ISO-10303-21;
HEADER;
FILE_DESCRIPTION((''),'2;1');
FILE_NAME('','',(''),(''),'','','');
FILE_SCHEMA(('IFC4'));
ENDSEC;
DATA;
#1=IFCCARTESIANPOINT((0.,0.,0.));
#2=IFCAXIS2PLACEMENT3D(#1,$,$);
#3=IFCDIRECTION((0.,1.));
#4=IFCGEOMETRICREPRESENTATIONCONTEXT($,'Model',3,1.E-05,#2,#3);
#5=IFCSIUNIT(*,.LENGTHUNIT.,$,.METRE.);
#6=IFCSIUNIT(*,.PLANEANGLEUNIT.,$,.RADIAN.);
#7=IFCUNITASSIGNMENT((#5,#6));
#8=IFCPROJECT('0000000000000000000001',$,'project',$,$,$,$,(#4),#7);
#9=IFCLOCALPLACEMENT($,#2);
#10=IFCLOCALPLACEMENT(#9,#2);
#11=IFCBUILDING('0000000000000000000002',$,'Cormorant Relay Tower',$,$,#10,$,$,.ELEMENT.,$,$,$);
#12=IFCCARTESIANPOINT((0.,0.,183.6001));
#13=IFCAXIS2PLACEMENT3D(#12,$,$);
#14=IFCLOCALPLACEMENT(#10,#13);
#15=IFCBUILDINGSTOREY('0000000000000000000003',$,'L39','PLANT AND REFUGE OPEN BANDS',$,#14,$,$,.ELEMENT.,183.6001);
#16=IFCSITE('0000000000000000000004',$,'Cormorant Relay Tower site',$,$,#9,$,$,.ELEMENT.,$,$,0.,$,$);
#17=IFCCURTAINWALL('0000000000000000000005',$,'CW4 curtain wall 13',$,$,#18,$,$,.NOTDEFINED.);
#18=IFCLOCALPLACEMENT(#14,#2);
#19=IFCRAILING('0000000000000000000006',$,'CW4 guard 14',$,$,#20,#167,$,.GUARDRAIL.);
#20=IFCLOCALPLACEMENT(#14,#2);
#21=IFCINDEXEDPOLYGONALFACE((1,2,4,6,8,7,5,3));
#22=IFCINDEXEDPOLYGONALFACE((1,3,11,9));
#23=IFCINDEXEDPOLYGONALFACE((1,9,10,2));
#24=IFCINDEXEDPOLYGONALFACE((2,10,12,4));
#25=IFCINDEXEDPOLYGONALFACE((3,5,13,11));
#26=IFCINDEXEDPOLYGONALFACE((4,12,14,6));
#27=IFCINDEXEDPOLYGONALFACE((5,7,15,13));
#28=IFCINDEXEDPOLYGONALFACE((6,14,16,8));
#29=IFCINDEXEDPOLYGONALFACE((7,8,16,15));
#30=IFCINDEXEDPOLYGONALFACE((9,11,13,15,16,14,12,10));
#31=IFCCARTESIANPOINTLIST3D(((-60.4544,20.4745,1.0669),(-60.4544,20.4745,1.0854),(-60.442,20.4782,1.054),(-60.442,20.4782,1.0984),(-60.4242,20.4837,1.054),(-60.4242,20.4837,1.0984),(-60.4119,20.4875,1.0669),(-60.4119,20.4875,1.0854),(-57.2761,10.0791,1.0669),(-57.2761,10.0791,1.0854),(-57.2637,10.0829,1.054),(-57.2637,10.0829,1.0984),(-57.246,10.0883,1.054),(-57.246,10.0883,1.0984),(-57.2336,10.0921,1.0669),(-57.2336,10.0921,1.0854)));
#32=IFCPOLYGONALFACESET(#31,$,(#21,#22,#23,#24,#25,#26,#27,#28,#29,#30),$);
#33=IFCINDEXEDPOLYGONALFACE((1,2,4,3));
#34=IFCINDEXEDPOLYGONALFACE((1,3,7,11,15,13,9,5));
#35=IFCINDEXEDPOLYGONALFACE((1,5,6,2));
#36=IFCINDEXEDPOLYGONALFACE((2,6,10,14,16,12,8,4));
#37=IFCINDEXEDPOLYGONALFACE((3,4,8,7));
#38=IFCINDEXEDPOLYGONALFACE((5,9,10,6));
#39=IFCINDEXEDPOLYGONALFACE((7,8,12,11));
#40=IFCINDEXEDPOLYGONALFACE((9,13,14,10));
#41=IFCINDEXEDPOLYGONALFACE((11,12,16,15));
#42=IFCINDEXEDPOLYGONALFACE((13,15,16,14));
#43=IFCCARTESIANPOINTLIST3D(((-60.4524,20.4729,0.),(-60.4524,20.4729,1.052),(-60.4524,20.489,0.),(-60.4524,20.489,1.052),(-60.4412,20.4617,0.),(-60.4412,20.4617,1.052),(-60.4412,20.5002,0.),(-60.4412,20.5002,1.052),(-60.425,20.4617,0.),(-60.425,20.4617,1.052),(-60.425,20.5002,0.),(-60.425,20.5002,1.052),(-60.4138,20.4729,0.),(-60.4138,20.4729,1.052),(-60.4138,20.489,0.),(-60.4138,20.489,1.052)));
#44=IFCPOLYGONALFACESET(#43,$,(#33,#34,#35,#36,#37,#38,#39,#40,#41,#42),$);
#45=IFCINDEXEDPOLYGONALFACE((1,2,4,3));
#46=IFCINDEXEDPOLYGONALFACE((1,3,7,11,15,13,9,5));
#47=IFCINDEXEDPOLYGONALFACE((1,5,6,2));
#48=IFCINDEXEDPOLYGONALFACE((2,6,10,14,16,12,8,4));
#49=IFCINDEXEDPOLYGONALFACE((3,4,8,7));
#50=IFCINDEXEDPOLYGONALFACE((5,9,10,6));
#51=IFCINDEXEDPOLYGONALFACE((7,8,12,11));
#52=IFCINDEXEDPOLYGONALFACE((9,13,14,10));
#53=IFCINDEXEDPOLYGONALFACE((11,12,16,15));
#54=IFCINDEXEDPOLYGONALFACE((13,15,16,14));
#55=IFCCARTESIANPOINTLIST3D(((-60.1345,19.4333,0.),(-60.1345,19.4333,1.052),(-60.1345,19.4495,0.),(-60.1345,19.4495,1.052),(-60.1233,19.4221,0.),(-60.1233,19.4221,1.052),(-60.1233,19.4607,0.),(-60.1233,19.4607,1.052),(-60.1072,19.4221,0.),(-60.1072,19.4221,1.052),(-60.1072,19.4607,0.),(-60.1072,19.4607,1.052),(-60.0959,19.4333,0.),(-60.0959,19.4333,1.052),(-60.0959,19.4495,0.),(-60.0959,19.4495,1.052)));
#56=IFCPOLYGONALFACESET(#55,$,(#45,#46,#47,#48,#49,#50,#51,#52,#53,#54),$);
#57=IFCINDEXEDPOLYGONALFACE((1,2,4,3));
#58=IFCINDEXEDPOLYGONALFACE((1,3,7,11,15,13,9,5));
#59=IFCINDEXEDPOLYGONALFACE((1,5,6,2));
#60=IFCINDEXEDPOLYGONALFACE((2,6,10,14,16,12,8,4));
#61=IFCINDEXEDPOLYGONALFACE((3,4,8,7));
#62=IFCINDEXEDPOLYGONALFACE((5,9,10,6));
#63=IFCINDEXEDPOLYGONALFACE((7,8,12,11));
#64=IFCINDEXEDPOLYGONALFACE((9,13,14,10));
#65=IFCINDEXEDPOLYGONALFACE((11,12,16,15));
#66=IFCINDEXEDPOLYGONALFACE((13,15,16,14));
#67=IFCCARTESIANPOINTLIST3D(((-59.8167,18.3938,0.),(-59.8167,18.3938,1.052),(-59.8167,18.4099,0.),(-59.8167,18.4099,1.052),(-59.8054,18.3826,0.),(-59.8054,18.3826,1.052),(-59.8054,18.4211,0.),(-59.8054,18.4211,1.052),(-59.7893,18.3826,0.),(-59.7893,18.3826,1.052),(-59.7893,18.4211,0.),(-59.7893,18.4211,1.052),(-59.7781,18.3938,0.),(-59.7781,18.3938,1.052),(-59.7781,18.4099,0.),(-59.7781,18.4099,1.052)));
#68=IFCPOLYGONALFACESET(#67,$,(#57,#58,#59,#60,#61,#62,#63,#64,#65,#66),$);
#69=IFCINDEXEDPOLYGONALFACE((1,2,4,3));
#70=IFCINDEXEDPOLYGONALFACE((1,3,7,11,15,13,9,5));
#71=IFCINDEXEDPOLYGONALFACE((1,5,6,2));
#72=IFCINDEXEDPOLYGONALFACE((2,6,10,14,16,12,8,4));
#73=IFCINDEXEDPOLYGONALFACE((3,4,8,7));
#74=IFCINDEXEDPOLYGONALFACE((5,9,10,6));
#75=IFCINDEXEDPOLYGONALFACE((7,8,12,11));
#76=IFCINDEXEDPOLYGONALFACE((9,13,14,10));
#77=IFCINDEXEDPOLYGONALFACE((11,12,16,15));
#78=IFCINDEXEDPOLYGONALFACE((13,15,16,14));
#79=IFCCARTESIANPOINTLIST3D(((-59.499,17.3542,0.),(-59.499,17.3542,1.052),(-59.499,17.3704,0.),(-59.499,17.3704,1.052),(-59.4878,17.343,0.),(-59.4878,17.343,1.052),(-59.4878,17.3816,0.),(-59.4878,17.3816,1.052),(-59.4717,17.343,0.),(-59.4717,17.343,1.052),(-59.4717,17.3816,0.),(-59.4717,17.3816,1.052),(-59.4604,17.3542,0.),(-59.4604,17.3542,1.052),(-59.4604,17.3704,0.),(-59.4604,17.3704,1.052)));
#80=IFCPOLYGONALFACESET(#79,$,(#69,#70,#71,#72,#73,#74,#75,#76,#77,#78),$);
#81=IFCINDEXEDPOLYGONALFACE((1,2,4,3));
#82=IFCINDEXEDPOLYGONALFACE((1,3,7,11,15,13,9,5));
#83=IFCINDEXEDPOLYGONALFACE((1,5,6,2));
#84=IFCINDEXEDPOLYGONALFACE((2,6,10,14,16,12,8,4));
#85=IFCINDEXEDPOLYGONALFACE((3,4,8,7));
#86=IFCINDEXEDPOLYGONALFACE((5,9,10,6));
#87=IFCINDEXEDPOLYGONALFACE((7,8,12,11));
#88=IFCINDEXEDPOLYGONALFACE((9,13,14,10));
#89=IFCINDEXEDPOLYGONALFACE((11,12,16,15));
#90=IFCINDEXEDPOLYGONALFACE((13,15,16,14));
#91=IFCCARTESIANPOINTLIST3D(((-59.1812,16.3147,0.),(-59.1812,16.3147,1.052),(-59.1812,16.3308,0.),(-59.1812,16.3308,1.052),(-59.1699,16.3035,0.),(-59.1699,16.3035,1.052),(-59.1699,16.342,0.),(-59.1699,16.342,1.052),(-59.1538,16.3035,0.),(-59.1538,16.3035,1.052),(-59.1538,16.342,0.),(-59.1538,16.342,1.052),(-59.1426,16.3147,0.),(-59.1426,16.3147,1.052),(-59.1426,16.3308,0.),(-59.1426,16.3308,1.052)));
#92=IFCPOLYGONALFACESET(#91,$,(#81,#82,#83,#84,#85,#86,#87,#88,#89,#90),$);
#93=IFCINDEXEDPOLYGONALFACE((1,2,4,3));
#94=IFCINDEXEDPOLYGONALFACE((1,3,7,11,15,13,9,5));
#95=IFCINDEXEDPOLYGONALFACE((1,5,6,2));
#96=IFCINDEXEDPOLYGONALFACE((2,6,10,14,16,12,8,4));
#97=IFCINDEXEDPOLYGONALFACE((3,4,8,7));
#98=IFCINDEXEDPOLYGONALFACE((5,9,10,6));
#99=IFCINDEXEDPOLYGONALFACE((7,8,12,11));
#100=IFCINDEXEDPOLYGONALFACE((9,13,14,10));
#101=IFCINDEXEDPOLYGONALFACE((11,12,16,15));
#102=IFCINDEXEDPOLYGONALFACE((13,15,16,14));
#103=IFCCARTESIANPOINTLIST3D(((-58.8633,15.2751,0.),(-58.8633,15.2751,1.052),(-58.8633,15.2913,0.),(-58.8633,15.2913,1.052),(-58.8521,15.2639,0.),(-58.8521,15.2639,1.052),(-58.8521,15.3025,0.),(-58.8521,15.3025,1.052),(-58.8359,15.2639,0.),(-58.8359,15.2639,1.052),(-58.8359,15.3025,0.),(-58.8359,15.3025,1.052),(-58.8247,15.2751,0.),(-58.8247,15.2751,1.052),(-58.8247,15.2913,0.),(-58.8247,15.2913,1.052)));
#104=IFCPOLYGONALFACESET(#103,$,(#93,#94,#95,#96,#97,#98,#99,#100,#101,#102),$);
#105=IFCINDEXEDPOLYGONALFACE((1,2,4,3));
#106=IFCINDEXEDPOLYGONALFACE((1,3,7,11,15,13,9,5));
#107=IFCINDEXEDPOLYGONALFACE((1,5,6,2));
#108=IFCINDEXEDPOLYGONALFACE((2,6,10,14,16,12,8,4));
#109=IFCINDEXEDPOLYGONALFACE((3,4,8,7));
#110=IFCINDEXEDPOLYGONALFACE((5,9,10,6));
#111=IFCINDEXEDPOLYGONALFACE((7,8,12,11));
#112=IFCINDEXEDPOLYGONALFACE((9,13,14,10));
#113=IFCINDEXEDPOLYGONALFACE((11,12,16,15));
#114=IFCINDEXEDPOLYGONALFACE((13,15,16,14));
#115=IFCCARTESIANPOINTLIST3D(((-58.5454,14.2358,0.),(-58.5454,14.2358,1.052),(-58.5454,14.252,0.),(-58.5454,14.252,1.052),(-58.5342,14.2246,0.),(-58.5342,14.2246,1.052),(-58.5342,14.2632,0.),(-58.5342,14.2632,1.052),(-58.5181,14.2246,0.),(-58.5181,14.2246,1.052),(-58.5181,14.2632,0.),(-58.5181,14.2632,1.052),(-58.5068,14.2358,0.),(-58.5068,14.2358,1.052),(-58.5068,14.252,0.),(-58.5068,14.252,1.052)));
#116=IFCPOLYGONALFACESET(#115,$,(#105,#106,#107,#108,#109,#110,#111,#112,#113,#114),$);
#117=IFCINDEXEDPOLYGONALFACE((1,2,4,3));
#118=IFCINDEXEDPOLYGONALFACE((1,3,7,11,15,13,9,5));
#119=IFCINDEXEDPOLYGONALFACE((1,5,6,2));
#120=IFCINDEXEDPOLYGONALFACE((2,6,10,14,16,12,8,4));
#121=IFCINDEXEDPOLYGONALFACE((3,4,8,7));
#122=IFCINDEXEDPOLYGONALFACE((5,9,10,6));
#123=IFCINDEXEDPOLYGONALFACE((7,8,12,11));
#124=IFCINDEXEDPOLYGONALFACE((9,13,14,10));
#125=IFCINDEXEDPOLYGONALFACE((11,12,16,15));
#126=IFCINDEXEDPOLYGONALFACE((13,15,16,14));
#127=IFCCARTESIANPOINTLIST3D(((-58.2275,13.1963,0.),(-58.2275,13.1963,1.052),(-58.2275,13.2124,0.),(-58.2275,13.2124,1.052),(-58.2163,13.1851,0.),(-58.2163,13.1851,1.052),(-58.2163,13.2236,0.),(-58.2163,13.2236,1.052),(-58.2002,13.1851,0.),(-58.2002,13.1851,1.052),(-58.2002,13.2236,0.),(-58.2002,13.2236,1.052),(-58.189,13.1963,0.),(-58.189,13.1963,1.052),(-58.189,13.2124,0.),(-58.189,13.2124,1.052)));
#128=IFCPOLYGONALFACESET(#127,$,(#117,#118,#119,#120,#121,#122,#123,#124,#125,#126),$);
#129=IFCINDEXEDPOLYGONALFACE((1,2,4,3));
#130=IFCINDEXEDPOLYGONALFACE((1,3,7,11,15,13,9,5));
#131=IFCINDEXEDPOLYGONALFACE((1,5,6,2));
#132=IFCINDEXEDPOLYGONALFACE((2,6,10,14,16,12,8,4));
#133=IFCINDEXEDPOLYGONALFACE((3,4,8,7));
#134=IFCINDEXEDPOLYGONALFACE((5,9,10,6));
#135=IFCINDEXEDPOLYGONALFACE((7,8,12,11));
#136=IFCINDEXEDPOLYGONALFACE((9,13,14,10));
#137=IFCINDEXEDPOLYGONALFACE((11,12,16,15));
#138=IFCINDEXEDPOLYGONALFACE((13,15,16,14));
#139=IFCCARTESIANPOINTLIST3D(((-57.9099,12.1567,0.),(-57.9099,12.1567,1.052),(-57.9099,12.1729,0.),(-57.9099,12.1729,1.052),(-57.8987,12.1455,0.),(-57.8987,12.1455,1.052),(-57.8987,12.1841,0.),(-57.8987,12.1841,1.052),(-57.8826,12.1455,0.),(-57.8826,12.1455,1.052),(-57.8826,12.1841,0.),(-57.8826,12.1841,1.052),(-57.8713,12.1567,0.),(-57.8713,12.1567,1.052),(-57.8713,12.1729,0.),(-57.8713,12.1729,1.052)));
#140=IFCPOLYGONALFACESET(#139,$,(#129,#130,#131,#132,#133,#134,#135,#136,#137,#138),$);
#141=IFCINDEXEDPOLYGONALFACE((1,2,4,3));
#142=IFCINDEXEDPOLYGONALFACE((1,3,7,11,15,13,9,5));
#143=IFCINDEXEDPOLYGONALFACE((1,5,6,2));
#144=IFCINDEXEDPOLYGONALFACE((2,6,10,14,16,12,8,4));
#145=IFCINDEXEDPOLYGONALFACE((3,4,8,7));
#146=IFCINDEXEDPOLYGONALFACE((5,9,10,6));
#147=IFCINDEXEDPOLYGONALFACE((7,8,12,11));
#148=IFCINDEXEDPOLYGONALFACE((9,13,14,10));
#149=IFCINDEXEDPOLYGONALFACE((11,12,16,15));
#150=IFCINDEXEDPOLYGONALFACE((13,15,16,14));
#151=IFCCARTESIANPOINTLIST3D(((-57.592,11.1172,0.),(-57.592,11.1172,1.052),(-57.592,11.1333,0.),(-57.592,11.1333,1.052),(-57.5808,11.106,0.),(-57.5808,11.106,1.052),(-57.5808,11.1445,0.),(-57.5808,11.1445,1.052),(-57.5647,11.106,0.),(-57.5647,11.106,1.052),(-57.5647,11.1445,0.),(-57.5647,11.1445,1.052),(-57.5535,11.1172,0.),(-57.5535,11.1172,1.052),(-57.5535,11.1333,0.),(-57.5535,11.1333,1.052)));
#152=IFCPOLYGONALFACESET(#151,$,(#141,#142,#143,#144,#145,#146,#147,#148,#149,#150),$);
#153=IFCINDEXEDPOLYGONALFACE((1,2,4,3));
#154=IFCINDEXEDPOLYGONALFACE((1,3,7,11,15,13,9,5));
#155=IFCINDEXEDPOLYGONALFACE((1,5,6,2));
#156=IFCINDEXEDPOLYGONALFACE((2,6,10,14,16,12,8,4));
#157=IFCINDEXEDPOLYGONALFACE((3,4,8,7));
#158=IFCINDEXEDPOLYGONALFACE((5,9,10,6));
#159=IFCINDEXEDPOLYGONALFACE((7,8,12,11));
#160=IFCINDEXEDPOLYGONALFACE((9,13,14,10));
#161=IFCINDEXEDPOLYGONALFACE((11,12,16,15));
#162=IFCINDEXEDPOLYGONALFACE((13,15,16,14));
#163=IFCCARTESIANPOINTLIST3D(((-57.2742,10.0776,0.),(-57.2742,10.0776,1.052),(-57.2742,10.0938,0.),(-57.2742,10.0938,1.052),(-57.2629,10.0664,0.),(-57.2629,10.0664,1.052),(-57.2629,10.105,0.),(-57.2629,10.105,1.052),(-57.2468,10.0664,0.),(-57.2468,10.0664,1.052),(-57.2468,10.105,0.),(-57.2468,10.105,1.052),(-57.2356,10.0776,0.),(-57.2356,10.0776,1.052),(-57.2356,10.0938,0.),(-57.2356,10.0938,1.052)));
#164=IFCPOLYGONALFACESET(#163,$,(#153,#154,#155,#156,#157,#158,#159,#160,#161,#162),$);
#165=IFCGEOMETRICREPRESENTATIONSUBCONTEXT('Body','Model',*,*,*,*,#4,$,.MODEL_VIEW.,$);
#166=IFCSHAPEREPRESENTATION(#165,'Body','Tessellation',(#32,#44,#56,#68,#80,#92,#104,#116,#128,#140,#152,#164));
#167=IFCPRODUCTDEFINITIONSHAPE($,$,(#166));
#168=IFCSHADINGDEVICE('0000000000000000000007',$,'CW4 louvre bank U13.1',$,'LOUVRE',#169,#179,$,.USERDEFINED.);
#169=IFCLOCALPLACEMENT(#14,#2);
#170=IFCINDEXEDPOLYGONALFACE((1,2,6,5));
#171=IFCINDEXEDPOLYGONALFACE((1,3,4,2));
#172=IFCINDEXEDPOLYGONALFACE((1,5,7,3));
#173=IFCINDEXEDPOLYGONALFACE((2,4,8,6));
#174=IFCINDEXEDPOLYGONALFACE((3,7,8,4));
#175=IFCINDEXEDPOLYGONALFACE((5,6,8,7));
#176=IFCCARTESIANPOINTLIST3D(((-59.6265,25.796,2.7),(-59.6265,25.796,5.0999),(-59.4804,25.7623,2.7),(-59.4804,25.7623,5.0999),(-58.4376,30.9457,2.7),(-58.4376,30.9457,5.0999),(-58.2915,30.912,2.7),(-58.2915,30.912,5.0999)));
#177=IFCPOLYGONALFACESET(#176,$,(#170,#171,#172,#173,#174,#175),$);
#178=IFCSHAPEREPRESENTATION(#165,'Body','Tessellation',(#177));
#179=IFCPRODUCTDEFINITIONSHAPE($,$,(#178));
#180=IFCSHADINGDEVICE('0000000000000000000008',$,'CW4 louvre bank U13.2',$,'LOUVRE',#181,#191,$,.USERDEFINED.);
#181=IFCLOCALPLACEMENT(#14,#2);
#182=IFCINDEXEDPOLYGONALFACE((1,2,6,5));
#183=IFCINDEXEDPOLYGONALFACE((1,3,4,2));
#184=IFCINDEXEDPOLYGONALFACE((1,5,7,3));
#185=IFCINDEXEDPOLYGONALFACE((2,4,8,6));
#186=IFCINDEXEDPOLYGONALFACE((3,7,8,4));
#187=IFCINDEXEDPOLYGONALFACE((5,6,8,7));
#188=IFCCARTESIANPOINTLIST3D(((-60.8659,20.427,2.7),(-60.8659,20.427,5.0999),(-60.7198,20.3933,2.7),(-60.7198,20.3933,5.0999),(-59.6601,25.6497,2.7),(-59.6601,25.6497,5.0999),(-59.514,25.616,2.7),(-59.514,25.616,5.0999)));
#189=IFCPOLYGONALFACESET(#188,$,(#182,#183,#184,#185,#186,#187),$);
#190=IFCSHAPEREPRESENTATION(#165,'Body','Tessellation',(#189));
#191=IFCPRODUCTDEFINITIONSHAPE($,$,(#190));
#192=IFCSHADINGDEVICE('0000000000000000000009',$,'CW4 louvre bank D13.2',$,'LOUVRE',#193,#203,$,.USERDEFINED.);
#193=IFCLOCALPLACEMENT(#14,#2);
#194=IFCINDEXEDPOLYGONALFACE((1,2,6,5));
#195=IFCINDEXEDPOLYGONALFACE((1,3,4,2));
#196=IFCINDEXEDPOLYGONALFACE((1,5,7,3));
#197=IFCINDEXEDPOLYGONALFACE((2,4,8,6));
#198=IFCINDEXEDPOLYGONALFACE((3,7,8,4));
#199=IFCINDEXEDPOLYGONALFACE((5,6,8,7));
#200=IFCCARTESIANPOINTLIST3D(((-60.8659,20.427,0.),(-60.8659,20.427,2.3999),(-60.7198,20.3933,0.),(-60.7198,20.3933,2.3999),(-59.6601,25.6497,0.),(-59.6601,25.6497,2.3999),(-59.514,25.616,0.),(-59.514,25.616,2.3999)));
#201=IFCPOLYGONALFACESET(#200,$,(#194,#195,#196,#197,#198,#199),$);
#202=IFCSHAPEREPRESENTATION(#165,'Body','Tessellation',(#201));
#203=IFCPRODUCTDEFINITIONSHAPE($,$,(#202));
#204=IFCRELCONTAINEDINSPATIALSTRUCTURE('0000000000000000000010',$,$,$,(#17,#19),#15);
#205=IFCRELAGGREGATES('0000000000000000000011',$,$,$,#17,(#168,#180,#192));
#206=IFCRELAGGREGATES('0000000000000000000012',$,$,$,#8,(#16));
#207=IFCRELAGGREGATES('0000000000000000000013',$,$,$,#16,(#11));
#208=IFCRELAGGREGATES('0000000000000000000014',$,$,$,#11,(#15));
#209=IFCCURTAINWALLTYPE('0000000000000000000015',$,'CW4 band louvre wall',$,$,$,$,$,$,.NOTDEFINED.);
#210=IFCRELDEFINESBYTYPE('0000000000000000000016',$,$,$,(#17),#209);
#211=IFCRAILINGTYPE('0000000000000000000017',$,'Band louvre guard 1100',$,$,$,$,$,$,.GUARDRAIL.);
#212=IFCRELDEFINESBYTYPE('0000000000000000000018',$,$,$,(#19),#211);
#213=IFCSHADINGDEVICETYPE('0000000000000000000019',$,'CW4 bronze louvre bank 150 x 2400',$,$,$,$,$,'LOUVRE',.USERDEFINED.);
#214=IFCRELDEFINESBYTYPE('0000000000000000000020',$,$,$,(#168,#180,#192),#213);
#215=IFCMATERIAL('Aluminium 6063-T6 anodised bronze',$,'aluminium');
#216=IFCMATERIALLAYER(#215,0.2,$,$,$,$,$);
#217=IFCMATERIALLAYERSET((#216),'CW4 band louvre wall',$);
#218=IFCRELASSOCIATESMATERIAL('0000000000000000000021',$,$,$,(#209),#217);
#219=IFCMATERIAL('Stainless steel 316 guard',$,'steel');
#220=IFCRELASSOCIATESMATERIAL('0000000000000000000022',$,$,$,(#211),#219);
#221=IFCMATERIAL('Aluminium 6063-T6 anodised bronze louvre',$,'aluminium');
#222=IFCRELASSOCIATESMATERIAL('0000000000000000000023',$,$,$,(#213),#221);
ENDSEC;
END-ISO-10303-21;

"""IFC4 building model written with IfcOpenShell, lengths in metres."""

from ifc_helpers import new_model, si_unit, direction, frame, origin, origin_2d, place, context, subcontext, project, spatial, polyline, rectangle, outline, extrude, material, layer, layer_set, type_object, element, aggregate, save


model = new_model("IFC4")

# Units and contexts
model_context = context("Model", 3, precision=1e-05, world=origin(), true_north=direction((0.0, 1.0)))
body_context = subcontext(model_context, "Body", "Model", "MODEL_VIEW")
ifc_project = project(units=[si_unit("LENGTHUNIT", "METRE"), si_unit("PLANEANGLEUNIT", "RADIAN")], contexts=[model_context])

# Site, building, storey
site_placement = place(None, origin())
site = spatial("IfcSite", under=ifc_project, at=site_placement, Name="Cormorant Relay Tower site", CompositionType="ELEMENT", RefElevation=0.0)
building_placement = place(site_placement, origin())
building = spatial("IfcBuilding", under=site, at=building_placement, Name="Cormorant Relay Tower", CompositionType="ELEMENT")
storey_placement = place(building_placement, frame((0.0, 0.0, 183.6001)))
storey = spatial("IfcBuildingStorey", under=building, at=storey_placement, Name="L39", Description="PLANT AND REFUGE OPEN BANDS", CompositionType="ELEMENT", Elevation=183.6001)

# Curtain wall
ifc_material_1 = material(Name="Aluminium 6063-T6 anodised bronze", Category="aluminium")
ifc_layer_1 = layer(ifc_material_1, 0.2)
ifc_layer_set_1 = layer_set([ifc_layer_1], Name="CW4 band louvre wall")
curtain_wall_type = type_object("IfcCurtainWallType", Name="CW4 band louvre wall", PredefinedType="NOTDEFINED", material=ifc_layer_set_1)
curtain_wall_1_placement = place(storey_placement, origin())
curtain_wall_1 = element("IfcCurtainWall", 1, at=curtain_wall_1_placement, inside=storey, type_object=curtain_wall_type, Name="CW4 curtain wall 13", PredefinedType="NOTDEFINED")

# Railing
ifc_material_2 = material(Name="Stainless steel 316 guard", Category="steel")
railing_type_1 = type_object("IfcRailingType", Name="Band louvre guard 1100", PredefinedType="GUARDRAIL", material=ifc_material_2)
railing_1_placement = place(storey_placement, frame((-60.4331, 20.481, 0.0)))
element("IfcRailing", 2, at=railing_1_placement, inside=storey, type_object=railing_type_1, Name="CW4 guard 14", PredefinedType="GUARDRAIL", context=body_context, shape_type="SweptSolid", body=[
    extrude(outline(polyline([(0.0222, 0.0093), (0.0093, 0.0222), (-0.0093, 0.0222), (-0.0222, 0.0093), (-0.0222, -0.0093), (-0.0093, -0.0222), (0.0093, -0.0222), (0.0222, -0.0093), (0.0222, 0.0093)])), frame((0.0, 0.0, 1.0762), z_axis=(0.292378, -0.956303, 0.0), x_axis=(0.956303, 0.292378, 0.0)), (0.0, 0.0, 1.0), 10.8704),
    extrude(outline(polyline([(0.0193, 0.0081), (0.0081, 0.0193), (-0.0081, 0.0193), (-0.0193, 0.0081), (-0.0193, -0.0081), (-0.0081, -0.0193), (0.0081, -0.0193), (0.0193, -0.0081), (0.0193, 0.0081)])), origin(), (0.0, 0.0, 1.0), 1.052),
    extrude(outline(polyline([(0.0193, 0.0081), (0.0081, 0.0193), (-0.0081, 0.0193), (-0.0193, 0.0081), (-0.0193, -0.0081), (-0.0081, -0.0193), (0.0081, -0.0193), (0.0193, -0.0081), (0.0193, 0.0081)])), frame((0.3179, -1.0396, 0.0)), (0.0, 0.0, 1.0), 1.052),
    extrude(outline(polyline([(0.0193, 0.0081), (0.0081, 0.0193), (-0.0081, 0.0193), (-0.0193, 0.0081), (-0.0193, -0.0081), (-0.0081, -0.0193), (0.0081, -0.0193), (0.0193, -0.0081), (0.0193, 0.0081)])), frame((0.6357, -2.0791, 0.0)), (0.0, 0.0, 1.0), 1.052),
    extrude(outline(polyline([(0.0193, 0.0081), (0.0081, 0.0193), (-0.0081, 0.0193), (-0.0193, 0.0081), (-0.0193, -0.0081), (-0.0081, -0.0193), (0.0081, -0.0193), (0.0193, -0.0081), (0.0193, 0.0081)])), frame((0.9534, -3.1187, 0.0)), (0.0, 0.0, 1.0), 1.052),
    extrude(outline(polyline([(0.0193, 0.0081), (0.0081, 0.0193), (-0.0081, 0.0193), (-0.0193, 0.0081), (-0.0193, -0.0081), (-0.0081, -0.0193), (0.0081, -0.0193), (0.0193, -0.0081), (0.0193, 0.0081)])), frame((1.2712, -4.1582, 0.0)), (0.0, 0.0, 1.0), 1.052),
    extrude(outline(polyline([(0.0193, 0.0081), (0.0081, 0.0193), (-0.0081, 0.0193), (-0.0193, 0.0081), (-0.0193, -0.0081), (-0.0081, -0.0193), (0.0081, -0.0193), (0.0193, -0.0081), (0.0193, 0.0081)])), frame((1.5891, -5.1978, 0.0)), (0.0, 0.0, 1.0), 1.052),
    extrude(outline(polyline([(0.0193, 0.0081), (0.0081, 0.0193), (-0.0081, 0.0193), (-0.0193, 0.0081), (-0.0193, -0.0081), (-0.0081, -0.0193), (0.0081, -0.0193), (0.0193, -0.0081), (0.0193, 0.0081)])), frame((1.907, -6.2371, 0.0)), (0.0, 0.0, 1.0), 1.052),
    extrude(outline(polyline([(0.0193, 0.0081), (0.0081, 0.0193), (-0.0081, 0.0193), (-0.0193, 0.0081), (-0.0193, -0.0081), (-0.0081, -0.0193), (0.0081, -0.0193), (0.0193, -0.0081), (0.0193, 0.0081)])), frame((2.2249, -7.2766, 0.0)), (0.0, 0.0, 1.0), 1.052),
    extrude(outline(polyline([(0.0193, 0.0081), (0.0081, 0.0193), (-0.0081, 0.0193), (-0.0193, 0.0081), (-0.0193, -0.0081), (-0.0081, -0.0193), (0.0081, -0.0193), (0.0193, -0.0081), (0.0193, 0.0081)])), frame((2.5425, -8.3162, 0.0)), (0.0, 0.0, 1.0), 1.052),
    extrude(outline(polyline([(0.0193, 0.0081), (0.0081, 0.0193), (-0.0081, 0.0193), (-0.0193, 0.0081), (-0.0193, -0.0081), (-0.0081, -0.0193), (0.0081, -0.0193), (0.0193, -0.0081), (0.0193, 0.0081)])), frame((2.8604, -9.3557, 0.0)), (0.0, 0.0, 1.0), 1.052),
    extrude(outline(polyline([(0.0193, 0.0081), (0.0081, 0.0193), (-0.0081, 0.0193), (-0.0193, 0.0081), (-0.0193, -0.0081), (-0.0081, -0.0193), (0.0081, -0.0193), (0.0193, -0.0081), (0.0193, 0.0081)])), frame((3.1782, -10.3953, 0.0)), (0.0, 0.0, 1.0), 1.052),
])

# Shading devices
ifc_material_3 = material(Name="Aluminium 6063-T6 anodised bronze louvre", Category="aluminium")
shading_device_type = type_object("IfcShadingDeviceType", Name="CW4 bronze louvre bank 150 x 2400", ElementType="LOUVRE", PredefinedType="USERDEFINED", material=ifc_material_3)
shading_device_1_placement = place(storey_placement, frame((-58.959, 28.354, 2.7), z_axis=(0.0, 0.0, 1.0), x_axis=(-0.224951, -0.97437, 0.0)))
shading_device_1 = element("IfcShadingDevice", 3, at=shading_device_1_placement, type_object=shading_device_type, Name="CW4 louvre bank U13.1", ObjectType="LOUVRE", PredefinedType="USERDEFINED", context=body_context, shape_type="SweptSolid", body=[
    extrude(rectangle(XDim=5.2852, YDim=0.1499, at=origin_2d()), origin(), (0.0, 0.0, 1.0), 2.3999),
])
shading_device_2_placement = place(storey_placement, frame((-60.1899, 23.0215, 2.7), z_axis=(0.0, 0.0, 1.0), x_axis=(-0.224951, -0.97437, 0.0)))
shading_device_2 = element("IfcShadingDevice", 4, at=shading_device_2_placement, type_object=shading_device_type, Name="CW4 louvre bank U13.2", ObjectType="LOUVRE", PredefinedType="USERDEFINED", context=body_context, shape_type="SweptSolid", body=[
    extrude(rectangle(XDim=5.3601, YDim=0.1499, at=origin_2d()), origin(), (0.0, 0.0, 1.0), 2.3999),
])
shading_device_3_placement = place(storey_placement, frame((-60.1899, 23.0215, 0.0), z_axis=(0.0, 0.0, 1.0), x_axis=(-0.224951, -0.97437, 0.0)))
shading_device_3 = element("IfcShadingDevice", 5, at=shading_device_3_placement, type_object=shading_device_type, Name="CW4 louvre bank D13.2", ObjectType="LOUVRE", PredefinedType="USERDEFINED", context=body_context, shape_type="SweptSolid", body=[
    extrude(rectangle(XDim=5.3601, YDim=0.1499, at=origin_2d()), origin(), (0.0, 0.0, 1.0), 2.3999),
])
aggregate(curtain_wall_1, [shading_device_1, shading_device_2, shading_device_3])

save(model, "model.ifc")
